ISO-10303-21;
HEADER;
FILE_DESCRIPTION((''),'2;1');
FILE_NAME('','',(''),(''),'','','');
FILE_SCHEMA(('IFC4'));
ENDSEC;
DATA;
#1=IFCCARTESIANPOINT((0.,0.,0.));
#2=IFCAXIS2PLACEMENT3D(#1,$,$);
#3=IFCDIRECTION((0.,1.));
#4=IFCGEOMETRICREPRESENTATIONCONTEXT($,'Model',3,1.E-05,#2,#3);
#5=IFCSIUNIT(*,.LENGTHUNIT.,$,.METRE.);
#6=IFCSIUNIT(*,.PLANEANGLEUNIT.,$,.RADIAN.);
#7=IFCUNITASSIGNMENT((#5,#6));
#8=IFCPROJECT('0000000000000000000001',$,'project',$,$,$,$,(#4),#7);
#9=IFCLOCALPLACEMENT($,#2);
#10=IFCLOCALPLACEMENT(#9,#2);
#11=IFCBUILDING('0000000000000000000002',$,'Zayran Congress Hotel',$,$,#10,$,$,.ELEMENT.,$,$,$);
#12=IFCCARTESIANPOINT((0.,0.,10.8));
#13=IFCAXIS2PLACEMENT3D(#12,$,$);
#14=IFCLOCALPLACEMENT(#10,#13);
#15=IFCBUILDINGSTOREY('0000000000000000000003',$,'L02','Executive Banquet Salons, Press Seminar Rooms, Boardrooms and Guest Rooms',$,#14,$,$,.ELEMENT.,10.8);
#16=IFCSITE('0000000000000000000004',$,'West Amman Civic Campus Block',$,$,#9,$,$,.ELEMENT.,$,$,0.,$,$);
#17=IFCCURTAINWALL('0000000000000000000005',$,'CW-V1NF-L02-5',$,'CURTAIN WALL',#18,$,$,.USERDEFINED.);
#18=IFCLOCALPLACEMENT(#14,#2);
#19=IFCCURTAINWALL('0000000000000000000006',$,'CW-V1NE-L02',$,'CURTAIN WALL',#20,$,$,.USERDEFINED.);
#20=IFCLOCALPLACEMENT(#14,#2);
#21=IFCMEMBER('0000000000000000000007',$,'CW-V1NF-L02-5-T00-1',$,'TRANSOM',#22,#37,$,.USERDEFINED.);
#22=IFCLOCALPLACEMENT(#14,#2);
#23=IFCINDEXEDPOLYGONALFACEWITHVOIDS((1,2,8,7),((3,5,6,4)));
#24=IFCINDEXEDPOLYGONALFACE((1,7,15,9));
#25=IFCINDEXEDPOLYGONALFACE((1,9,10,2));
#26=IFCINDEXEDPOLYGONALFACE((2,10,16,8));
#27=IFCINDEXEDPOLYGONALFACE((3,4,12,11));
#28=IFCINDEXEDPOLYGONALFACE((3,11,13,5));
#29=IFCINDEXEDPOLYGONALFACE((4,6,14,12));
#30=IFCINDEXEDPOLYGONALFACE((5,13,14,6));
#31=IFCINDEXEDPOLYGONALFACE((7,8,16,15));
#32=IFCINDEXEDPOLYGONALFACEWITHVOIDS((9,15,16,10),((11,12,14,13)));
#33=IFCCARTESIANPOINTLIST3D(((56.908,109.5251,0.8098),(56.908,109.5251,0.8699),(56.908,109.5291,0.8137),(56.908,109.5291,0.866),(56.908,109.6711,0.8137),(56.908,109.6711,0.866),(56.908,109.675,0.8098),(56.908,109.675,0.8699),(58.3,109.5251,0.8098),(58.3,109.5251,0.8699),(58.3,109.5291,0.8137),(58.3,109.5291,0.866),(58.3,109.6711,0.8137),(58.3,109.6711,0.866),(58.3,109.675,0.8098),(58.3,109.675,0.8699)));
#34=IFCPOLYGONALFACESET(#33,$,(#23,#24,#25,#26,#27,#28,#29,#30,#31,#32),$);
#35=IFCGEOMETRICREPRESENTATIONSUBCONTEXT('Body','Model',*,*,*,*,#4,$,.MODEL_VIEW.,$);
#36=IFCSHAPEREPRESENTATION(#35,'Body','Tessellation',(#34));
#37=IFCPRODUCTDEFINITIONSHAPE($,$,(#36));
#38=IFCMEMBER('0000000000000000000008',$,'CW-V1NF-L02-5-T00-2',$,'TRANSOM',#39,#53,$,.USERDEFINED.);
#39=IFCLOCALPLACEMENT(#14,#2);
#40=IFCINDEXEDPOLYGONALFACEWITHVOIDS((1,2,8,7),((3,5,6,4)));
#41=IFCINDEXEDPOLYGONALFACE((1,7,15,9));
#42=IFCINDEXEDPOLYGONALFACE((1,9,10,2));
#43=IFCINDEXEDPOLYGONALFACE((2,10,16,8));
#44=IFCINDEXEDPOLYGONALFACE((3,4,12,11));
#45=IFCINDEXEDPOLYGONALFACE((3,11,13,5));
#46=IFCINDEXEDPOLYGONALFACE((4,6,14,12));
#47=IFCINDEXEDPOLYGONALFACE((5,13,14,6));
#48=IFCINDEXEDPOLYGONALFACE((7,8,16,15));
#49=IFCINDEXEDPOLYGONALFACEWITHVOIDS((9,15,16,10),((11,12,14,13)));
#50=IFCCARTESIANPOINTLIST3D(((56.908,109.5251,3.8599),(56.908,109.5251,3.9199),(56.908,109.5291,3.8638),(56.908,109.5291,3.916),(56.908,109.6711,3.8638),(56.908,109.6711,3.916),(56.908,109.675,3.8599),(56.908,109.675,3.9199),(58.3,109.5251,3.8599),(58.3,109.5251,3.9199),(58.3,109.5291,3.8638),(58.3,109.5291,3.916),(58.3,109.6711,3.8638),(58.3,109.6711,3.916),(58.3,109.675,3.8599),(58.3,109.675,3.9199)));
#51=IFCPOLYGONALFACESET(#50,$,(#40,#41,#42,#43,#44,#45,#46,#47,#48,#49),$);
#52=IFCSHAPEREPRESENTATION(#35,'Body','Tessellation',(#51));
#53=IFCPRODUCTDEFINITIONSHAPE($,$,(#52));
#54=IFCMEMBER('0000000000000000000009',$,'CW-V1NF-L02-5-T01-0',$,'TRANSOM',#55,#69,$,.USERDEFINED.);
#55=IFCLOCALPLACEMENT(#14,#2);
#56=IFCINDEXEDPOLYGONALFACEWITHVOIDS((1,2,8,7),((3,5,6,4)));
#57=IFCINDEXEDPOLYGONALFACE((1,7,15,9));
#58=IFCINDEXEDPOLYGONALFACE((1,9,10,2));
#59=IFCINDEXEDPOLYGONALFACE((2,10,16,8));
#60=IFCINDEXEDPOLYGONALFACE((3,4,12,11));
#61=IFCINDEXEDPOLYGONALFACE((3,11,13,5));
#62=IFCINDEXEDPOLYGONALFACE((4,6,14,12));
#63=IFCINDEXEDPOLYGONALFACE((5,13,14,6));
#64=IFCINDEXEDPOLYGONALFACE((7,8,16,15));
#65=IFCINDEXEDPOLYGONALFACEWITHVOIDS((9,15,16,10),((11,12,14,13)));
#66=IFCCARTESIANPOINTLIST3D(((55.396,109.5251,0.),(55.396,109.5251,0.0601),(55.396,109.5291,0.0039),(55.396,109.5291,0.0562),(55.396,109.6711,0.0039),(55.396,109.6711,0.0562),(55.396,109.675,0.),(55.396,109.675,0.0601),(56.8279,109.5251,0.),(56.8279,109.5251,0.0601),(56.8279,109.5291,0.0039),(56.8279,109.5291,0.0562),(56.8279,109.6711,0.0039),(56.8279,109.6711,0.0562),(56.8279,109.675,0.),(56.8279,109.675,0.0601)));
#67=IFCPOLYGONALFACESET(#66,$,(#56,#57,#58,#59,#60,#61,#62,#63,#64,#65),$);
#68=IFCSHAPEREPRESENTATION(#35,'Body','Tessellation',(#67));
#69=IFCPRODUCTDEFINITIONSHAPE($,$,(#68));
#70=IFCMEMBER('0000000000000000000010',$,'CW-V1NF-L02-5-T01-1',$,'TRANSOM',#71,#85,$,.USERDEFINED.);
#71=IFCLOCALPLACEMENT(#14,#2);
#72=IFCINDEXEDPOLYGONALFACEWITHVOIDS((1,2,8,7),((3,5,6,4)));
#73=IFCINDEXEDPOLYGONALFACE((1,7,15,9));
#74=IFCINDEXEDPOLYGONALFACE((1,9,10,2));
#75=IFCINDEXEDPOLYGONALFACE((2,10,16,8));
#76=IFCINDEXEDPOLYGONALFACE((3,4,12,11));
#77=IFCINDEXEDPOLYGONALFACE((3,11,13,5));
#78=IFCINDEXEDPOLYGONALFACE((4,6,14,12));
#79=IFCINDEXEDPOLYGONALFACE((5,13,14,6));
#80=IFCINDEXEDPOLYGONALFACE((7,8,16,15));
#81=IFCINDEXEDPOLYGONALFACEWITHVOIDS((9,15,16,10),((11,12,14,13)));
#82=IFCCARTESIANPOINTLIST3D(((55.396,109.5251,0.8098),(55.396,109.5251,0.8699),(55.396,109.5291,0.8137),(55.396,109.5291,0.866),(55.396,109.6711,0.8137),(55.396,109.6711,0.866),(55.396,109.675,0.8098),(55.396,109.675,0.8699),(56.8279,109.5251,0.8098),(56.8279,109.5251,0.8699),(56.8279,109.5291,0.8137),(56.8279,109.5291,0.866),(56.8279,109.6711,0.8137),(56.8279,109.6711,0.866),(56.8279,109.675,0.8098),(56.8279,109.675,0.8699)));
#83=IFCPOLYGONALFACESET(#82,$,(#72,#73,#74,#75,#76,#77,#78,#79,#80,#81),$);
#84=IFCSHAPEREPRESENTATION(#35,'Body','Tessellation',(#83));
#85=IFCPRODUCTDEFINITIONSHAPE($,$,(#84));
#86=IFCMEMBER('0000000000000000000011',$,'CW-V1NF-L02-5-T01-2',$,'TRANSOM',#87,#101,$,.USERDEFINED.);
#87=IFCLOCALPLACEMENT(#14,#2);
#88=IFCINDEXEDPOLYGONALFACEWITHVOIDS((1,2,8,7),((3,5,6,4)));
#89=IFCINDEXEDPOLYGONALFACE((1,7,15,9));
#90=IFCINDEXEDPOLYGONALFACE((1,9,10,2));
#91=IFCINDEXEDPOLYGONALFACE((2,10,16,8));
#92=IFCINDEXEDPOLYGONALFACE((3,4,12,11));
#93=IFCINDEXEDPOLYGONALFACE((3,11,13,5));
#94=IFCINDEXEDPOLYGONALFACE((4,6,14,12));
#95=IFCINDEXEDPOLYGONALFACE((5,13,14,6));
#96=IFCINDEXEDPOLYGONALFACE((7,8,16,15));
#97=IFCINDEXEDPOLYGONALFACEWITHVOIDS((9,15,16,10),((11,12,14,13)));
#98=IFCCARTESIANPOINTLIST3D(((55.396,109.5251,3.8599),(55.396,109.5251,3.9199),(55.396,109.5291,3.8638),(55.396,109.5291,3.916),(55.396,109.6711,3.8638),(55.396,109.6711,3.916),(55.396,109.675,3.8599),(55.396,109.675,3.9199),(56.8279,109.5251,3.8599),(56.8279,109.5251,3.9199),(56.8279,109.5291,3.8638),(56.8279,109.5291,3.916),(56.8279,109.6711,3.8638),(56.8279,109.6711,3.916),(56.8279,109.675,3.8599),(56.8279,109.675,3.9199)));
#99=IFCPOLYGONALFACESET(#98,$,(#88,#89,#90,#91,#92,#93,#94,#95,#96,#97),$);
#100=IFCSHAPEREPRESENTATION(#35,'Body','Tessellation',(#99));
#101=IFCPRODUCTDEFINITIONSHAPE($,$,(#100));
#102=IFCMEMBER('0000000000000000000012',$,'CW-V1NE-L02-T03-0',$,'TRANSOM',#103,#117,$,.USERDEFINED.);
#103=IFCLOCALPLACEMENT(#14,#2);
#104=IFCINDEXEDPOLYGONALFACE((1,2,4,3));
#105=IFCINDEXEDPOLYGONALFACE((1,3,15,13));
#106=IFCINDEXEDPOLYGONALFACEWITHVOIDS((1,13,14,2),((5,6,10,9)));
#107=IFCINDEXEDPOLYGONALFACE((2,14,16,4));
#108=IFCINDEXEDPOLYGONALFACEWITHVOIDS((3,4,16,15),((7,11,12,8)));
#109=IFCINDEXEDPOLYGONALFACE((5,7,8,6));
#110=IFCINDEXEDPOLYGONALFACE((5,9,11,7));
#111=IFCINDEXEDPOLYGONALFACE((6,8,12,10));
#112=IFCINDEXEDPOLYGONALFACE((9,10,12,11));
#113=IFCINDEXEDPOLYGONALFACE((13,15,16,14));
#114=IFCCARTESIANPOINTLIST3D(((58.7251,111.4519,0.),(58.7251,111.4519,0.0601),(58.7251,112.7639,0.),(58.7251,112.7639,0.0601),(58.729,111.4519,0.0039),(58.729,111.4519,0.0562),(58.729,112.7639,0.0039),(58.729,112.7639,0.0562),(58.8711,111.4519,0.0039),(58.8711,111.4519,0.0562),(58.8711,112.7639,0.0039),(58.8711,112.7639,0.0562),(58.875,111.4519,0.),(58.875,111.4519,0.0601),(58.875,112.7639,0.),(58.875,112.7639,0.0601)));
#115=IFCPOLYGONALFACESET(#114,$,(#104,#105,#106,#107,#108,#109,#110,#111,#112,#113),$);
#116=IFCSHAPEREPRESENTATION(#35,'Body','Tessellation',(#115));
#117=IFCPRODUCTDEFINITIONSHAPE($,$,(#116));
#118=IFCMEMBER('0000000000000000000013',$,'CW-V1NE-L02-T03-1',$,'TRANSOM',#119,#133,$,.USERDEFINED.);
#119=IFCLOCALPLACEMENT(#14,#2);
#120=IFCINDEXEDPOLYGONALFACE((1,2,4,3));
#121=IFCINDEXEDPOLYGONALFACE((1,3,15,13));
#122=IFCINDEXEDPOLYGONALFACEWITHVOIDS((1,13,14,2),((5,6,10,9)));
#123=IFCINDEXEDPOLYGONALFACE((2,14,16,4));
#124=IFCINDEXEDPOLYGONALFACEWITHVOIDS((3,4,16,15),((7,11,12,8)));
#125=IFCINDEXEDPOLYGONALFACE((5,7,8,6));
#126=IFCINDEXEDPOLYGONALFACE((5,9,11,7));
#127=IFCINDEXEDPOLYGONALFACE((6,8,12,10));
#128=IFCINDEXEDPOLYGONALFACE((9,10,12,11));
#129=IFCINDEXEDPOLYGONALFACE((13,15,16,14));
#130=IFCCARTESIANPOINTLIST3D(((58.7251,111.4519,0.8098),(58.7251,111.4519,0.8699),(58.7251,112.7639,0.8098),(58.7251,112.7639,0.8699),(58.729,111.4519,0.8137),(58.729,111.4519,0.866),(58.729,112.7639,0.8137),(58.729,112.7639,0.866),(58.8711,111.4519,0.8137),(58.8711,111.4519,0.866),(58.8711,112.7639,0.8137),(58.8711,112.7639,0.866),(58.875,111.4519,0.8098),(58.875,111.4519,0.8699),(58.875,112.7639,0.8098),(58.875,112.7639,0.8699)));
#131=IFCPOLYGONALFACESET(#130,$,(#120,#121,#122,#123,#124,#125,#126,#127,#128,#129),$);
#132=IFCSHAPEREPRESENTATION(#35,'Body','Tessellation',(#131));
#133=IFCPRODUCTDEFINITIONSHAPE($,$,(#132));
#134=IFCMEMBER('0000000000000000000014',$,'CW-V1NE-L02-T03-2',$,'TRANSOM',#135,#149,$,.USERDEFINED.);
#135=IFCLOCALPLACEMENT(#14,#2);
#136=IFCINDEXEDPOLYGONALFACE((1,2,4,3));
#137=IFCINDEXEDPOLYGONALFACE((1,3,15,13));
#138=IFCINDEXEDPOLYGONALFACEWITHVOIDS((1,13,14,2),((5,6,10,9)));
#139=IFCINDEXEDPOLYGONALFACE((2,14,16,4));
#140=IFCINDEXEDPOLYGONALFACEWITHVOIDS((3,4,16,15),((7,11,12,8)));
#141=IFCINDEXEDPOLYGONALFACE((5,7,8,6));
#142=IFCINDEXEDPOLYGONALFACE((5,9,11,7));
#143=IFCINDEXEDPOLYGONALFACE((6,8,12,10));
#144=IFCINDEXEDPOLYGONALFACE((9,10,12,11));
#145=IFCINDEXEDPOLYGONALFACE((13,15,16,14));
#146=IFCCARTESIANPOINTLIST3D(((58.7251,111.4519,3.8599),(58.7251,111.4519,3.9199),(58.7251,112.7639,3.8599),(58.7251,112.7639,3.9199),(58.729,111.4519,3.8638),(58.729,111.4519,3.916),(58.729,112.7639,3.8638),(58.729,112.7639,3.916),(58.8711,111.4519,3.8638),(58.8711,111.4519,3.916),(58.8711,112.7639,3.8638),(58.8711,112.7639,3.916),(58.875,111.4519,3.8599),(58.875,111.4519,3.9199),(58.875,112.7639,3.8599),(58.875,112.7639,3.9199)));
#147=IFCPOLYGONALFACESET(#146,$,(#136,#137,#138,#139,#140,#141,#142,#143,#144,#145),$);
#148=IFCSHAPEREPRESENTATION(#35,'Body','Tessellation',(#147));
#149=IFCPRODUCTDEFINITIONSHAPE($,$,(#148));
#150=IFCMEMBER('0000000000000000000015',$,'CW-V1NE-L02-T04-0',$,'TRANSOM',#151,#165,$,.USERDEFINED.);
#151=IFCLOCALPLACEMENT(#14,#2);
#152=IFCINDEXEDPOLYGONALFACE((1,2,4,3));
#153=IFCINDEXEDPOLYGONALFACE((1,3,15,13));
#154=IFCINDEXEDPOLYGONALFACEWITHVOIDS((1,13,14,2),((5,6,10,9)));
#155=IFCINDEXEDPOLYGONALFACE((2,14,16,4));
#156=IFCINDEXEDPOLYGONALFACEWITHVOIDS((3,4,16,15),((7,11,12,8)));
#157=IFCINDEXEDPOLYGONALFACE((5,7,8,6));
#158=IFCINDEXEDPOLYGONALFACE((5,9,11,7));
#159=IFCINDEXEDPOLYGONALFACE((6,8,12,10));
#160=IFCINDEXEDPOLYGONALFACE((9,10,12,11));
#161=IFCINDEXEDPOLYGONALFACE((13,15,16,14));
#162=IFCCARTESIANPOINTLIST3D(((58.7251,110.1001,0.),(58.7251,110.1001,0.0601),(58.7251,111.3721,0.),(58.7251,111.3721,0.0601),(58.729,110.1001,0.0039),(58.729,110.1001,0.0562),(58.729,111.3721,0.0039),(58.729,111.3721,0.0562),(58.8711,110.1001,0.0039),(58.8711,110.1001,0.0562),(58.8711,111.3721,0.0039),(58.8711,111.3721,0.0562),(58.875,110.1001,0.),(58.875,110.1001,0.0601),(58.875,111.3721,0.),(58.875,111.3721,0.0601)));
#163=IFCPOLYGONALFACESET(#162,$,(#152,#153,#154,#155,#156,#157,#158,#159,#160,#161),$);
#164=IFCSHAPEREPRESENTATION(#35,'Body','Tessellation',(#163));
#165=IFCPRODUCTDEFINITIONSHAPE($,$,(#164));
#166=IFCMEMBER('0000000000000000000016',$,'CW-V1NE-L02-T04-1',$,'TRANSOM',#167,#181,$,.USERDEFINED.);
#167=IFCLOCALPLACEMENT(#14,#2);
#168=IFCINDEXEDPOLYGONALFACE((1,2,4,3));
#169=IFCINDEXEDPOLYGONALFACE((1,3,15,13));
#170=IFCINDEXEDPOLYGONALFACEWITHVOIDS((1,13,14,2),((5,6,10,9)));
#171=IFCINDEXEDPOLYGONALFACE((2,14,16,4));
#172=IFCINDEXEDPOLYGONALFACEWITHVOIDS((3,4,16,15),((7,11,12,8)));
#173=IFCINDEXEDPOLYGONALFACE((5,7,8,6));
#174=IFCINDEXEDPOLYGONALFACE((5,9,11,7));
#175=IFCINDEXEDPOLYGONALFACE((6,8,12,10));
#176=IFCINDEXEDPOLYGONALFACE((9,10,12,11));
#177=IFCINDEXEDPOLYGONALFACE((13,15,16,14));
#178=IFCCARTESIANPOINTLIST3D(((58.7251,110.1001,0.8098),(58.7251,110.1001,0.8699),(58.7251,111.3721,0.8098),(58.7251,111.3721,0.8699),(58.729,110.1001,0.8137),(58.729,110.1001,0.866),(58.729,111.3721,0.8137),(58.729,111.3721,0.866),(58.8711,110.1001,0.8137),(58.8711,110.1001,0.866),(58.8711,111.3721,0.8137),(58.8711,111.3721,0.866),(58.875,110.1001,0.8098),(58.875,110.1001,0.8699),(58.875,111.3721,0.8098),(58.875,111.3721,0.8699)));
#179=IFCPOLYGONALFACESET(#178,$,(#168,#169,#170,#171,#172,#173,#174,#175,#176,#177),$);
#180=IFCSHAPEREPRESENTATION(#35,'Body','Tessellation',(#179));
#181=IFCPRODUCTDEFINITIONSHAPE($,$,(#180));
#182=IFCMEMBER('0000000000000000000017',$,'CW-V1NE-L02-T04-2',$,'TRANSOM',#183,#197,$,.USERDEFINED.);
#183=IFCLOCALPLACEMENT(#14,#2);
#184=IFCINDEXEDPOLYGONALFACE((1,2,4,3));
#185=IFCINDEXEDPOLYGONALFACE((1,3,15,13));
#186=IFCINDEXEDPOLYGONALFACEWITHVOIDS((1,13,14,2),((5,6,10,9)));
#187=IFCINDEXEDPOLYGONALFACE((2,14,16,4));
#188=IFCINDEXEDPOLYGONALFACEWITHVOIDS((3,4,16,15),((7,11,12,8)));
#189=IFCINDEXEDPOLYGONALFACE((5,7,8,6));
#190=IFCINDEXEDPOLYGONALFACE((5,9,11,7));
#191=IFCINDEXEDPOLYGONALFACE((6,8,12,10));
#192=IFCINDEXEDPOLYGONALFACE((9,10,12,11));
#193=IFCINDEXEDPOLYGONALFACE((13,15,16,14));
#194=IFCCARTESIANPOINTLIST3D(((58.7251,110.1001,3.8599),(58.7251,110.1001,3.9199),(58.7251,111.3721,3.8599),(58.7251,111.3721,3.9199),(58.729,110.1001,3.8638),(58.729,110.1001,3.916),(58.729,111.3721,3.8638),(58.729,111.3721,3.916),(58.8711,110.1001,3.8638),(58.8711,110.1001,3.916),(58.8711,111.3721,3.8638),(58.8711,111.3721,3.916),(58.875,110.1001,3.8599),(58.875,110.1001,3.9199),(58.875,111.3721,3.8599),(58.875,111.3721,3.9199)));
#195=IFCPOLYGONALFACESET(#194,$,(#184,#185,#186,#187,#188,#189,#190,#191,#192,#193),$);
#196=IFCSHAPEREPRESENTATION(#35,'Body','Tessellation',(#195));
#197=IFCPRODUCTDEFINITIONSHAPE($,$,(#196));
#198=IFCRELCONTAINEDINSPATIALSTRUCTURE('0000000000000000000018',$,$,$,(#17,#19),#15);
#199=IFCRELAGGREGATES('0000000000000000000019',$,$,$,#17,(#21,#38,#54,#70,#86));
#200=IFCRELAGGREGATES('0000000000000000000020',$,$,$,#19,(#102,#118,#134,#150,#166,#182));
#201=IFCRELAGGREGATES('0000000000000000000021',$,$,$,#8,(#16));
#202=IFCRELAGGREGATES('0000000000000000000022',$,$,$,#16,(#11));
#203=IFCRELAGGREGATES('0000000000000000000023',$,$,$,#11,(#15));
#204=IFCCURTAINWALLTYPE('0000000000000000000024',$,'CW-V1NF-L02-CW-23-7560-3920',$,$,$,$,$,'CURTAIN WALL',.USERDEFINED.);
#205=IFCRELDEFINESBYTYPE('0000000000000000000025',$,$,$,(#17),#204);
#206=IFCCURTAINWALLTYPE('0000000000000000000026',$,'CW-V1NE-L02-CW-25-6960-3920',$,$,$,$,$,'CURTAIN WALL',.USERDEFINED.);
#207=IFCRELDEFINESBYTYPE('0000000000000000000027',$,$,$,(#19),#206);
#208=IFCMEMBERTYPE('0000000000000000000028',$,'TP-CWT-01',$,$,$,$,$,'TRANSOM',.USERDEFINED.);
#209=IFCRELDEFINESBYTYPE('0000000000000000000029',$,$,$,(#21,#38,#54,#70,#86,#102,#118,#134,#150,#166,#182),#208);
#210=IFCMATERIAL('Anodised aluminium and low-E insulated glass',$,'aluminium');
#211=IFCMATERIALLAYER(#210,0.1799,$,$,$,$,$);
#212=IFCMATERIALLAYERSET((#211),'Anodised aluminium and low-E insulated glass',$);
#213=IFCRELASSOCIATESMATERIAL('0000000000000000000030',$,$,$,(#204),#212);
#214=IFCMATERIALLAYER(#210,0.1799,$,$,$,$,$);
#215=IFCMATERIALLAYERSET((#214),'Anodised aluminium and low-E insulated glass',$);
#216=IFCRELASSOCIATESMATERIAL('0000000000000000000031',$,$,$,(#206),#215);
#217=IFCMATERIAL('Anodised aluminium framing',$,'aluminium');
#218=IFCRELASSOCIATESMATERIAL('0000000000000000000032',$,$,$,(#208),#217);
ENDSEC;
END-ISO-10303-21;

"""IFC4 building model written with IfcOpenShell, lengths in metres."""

from ifc_helpers import new_model, si_unit, direction, frame, origin, origin_2d, place, context, subcontext, project, spatial, hollow_rectangle, extrude, material, layer, layer_set, material_profile, profile_set, type_object, element, aggregate, save


model = new_model("IFC4")

# Units and contexts
model_context = context("Model", 3, precision=1e-05, world=origin(), true_north=direction((0.0, 1.0)))
body_context = subcontext(model_context, "Body", "Model", "MODEL_VIEW")
ifc_project = project(units=[si_unit("LENGTHUNIT", "METRE"), si_unit("PLANEANGLEUNIT", "RADIAN")], contexts=[model_context])

# Site, building, storey
site_placement = place(None, origin())
site = spatial("IfcSite", under=ifc_project, at=site_placement, Name="West Amman Civic Campus Block", CompositionType="ELEMENT", RefElevation=0.0)
building_placement = place(site_placement, origin())
building = spatial("IfcBuilding", under=site, at=building_placement, Name="Zayran Congress Hotel", CompositionType="ELEMENT")
storey_placement = place(building_placement, frame((0.0, 0.0, 10.8)))
storey = spatial("IfcBuildingStorey", under=building, at=storey_placement, Name="L02", Description="Executive Banquet Salons, Press Seminar Rooms, Boardrooms and Guest Rooms", CompositionType="ELEMENT", Elevation=10.8)

# Curtain walls
ifc_material_1 = material(Name="Anodised aluminium and low-E insulated glass", Category="aluminium")
ifc_layer_1 = layer(ifc_material_1, 0.1799)
ifc_layer_set_1 = layer_set([ifc_layer_1], Name="Anodised aluminium and low-E insulated glass")
curtain_wall_type_1 = type_object("IfcCurtainWallType", Name="CW-V1NF-L02-CW-23-7560-3920", ElementType="CURTAIN WALL", PredefinedType="USERDEFINED", material=ifc_layer_set_1)
curtain_wall_1_placement = place(storey_placement, origin())
curtain_wall_1 = element("IfcCurtainWall", 1, at=curtain_wall_1_placement, inside=storey, type_object=curtain_wall_type_1, Name="CW-V1NF-L02-5", ObjectType="CURTAIN WALL", PredefinedType="USERDEFINED")
ifc_material_2 = material(Name="Anodised aluminium framing", Category="aluminium")
ifc_layer_2 = layer(ifc_material_1, 0.1799)
ifc_layer_set_2 = layer_set([ifc_layer_2], Name="Anodised aluminium and low-E insulated glass")
curtain_wall_type_2 = type_object("IfcCurtainWallType", Name="CW-V1NE-L02-CW-25-6960-3920", ElementType="CURTAIN WALL", PredefinedType="USERDEFINED", material=ifc_layer_set_2)
curtain_wall_2_placement = place(storey_placement, origin())
curtain_wall_2 = element("IfcCurtainWall", 2, at=curtain_wall_2_placement, inside=storey, type_object=curtain_wall_type_2, Name="CW-V1NE-L02", ObjectType="CURTAIN WALL", PredefinedType="USERDEFINED")

# Members
ifc_material_profile_1 = material_profile(ifc_material_2, hollow_rectangle(XDim=0.0601, YDim=0.1499, WallThickness=0.0039, at=origin_2d()), Name="RHS 150x60x4")
ifc_profile_set_1 = profile_set([ifc_material_profile_1], Name="Anodised aluminium framing")
member_type_1 = type_object("IfcMemberType", Name="TP-CWT-01", ElementType="TRANSOM", PredefinedType="USERDEFINED", material=ifc_profile_set_1)
member_1_placement = place(storey_placement, frame((58.3, 109.6001, 0.8398), z_axis=(-1.0, 0.0, 0.0), x_axis=(0.0, 0.0, 1.0)))
member_1 = element("IfcMember", 3, at=member_1_placement, type_object=member_type_1, Name="CW-V1NF-L02-5-T00-1", ObjectType="TRANSOM", PredefinedType="USERDEFINED", context=body_context, shape_type="SweptSolid", body=[
    extrude(hollow_rectangle(XDim=0.0601, YDim=0.1499, WallThickness=0.0039, at=origin_2d()), origin(), (0.0, 0.0, 1.0), 1.3921),
])
member_2_placement = place(storey_placement, frame((58.3, 109.6001, 3.8899), z_axis=(-1.0, 0.0, 0.0), x_axis=(0.0, 0.0, 1.0)))
member_2 = element("IfcMember", 4, at=member_2_placement, type_object=member_type_1, Name="CW-V1NF-L02-5-T00-2", ObjectType="TRANSOM", PredefinedType="USERDEFINED", context=body_context, shape_type="SweptSolid", body=[
    extrude(hollow_rectangle(XDim=0.0601, YDim=0.1499, WallThickness=0.0039, at=origin_2d()), origin(), (0.0, 0.0, 1.0), 1.3921),
])
member_3_placement = place(storey_placement, frame((56.8279, 109.6001, 0.03), z_axis=(-1.0, 0.0, 0.0), x_axis=(0.0, 0.0, 1.0)))
member_3 = element("IfcMember", 5, at=member_3_placement, type_object=member_type_1, Name="CW-V1NF-L02-5-T01-0", ObjectType="TRANSOM", PredefinedType="USERDEFINED", context=body_context, shape_type="SweptSolid", body=[
    extrude(hollow_rectangle(XDim=0.0601, YDim=0.1499, WallThickness=0.0039, at=origin_2d()), origin(), (0.0, 0.0, 1.0), 1.4319),
])
member_4_placement = place(storey_placement, frame((56.8279, 109.6001, 0.8398), z_axis=(-1.0, 0.0, 0.0), x_axis=(0.0, 0.0, 1.0)))
member_4 = element("IfcMember", 6, at=member_4_placement, type_object=member_type_1, Name="CW-V1NF-L02-5-T01-1", ObjectType="TRANSOM", PredefinedType="USERDEFINED", context=body_context, shape_type="SweptSolid", body=[
    extrude(hollow_rectangle(XDim=0.0601, YDim=0.1499, WallThickness=0.0039, at=origin_2d()), origin(), (0.0, 0.0, 1.0), 1.4319),
])
member_5_placement = place(storey_placement, frame((56.8279, 109.6001, 3.8899), z_axis=(-1.0, 0.0, 0.0), x_axis=(0.0, 0.0, 1.0)))
member_5 = element("IfcMember", 7, at=member_5_placement, type_object=member_type_1, Name="CW-V1NF-L02-5-T01-2", ObjectType="TRANSOM", PredefinedType="USERDEFINED", context=body_context, shape_type="SweptSolid", body=[
    extrude(hollow_rectangle(XDim=0.0601, YDim=0.1499, WallThickness=0.0039, at=origin_2d()), origin(), (0.0, 0.0, 1.0), 1.4319),
])
member_6_placement = place(storey_placement, frame((58.8, 112.7639, 0.03), z_axis=(0.0, -1.0, 0.0), x_axis=(0.0, 0.0, 1.0)))
member_6 = element("IfcMember", 8, at=member_6_placement, type_object=member_type_1, Name="CW-V1NE-L02-T03-0", ObjectType="TRANSOM", PredefinedType="USERDEFINED", context=body_context, shape_type="SweptSolid", body=[
    extrude(hollow_rectangle(XDim=0.0601, YDim=0.1499, WallThickness=0.0039, at=origin_2d()), origin(), (0.0, 0.0, 1.0), 1.312),
])
member_7_placement = place(storey_placement, frame((58.8, 112.7639, 0.8398), z_axis=(0.0, -1.0, 0.0), x_axis=(0.0, 0.0, 1.0)))
member_7 = element("IfcMember", 9, at=member_7_placement, type_object=member_type_1, Name="CW-V1NE-L02-T03-1", ObjectType="TRANSOM", PredefinedType="USERDEFINED", context=body_context, shape_type="SweptSolid", body=[
    extrude(hollow_rectangle(XDim=0.0601, YDim=0.1499, WallThickness=0.0039, at=origin_2d()), origin(), (0.0, 0.0, 1.0), 1.312),
])
member_8_placement = place(storey_placement, frame((58.8, 112.7639, 3.8899), z_axis=(0.0, -1.0, 0.0), x_axis=(0.0, 0.0, 1.0)))
member_8 = element("IfcMember", 10, at=member_8_placement, type_object=member_type_1, Name="CW-V1NE-L02-T03-2", ObjectType="TRANSOM", PredefinedType="USERDEFINED", context=body_context, shape_type="SweptSolid", body=[
    extrude(hollow_rectangle(XDim=0.0601, YDim=0.1499, WallThickness=0.0039, at=origin_2d()), origin(), (0.0, 0.0, 1.0), 1.312),
])
member_9_placement = place(storey_placement, frame((58.8, 111.3721, 0.03), z_axis=(0.0, -1.0, 0.0), x_axis=(0.0, 0.0, 1.0)))
member_9 = element("IfcMember", 11, at=member_9_placement, type_object=member_type_1, Name="CW-V1NE-L02-T04-0", ObjectType="TRANSOM", PredefinedType="USERDEFINED", context=body_context, shape_type="SweptSolid", body=[
    extrude(hollow_rectangle(XDim=0.0601, YDim=0.1499, WallThickness=0.0039, at=origin_2d()), origin(), (0.0, 0.0, 1.0), 1.272),
])
member_10_placement = place(storey_placement, frame((58.8, 111.3721, 0.8398), z_axis=(0.0, -1.0, 0.0), x_axis=(0.0, 0.0, 1.0)))
member_10 = element("IfcMember", 12, at=member_10_placement, type_object=member_type_1, Name="CW-V1NE-L02-T04-1", ObjectType="TRANSOM", PredefinedType="USERDEFINED", context=body_context, shape_type="SweptSolid", body=[
    extrude(hollow_rectangle(XDim=0.0601, YDim=0.1499, WallThickness=0.0039, at=origin_2d()), origin(), (0.0, 0.0, 1.0), 1.272),
])
member_11_placement = place(storey_placement, frame((58.8, 111.3721, 3.8899), z_axis=(0.0, -1.0, 0.0), x_axis=(0.0, 0.0, 1.0)))
member_11 = element("IfcMember", 13, at=member_11_placement, type_object=member_type_1, Name="CW-V1NE-L02-T04-2", ObjectType="TRANSOM", PredefinedType="USERDEFINED", context=body_context, shape_type="SweptSolid", body=[
    extrude(hollow_rectangle(XDim=0.0601, YDim=0.1499, WallThickness=0.0039, at=origin_2d()), origin(), (0.0, 0.0, 1.0), 1.272),
])

aggregate(curtain_wall_1, [member_1, member_2, member_3, member_4, member_5])
aggregate(curtain_wall_2, [member_6, member_7, member_8, member_9, member_10, member_11])

save(model, "model.ifc")
